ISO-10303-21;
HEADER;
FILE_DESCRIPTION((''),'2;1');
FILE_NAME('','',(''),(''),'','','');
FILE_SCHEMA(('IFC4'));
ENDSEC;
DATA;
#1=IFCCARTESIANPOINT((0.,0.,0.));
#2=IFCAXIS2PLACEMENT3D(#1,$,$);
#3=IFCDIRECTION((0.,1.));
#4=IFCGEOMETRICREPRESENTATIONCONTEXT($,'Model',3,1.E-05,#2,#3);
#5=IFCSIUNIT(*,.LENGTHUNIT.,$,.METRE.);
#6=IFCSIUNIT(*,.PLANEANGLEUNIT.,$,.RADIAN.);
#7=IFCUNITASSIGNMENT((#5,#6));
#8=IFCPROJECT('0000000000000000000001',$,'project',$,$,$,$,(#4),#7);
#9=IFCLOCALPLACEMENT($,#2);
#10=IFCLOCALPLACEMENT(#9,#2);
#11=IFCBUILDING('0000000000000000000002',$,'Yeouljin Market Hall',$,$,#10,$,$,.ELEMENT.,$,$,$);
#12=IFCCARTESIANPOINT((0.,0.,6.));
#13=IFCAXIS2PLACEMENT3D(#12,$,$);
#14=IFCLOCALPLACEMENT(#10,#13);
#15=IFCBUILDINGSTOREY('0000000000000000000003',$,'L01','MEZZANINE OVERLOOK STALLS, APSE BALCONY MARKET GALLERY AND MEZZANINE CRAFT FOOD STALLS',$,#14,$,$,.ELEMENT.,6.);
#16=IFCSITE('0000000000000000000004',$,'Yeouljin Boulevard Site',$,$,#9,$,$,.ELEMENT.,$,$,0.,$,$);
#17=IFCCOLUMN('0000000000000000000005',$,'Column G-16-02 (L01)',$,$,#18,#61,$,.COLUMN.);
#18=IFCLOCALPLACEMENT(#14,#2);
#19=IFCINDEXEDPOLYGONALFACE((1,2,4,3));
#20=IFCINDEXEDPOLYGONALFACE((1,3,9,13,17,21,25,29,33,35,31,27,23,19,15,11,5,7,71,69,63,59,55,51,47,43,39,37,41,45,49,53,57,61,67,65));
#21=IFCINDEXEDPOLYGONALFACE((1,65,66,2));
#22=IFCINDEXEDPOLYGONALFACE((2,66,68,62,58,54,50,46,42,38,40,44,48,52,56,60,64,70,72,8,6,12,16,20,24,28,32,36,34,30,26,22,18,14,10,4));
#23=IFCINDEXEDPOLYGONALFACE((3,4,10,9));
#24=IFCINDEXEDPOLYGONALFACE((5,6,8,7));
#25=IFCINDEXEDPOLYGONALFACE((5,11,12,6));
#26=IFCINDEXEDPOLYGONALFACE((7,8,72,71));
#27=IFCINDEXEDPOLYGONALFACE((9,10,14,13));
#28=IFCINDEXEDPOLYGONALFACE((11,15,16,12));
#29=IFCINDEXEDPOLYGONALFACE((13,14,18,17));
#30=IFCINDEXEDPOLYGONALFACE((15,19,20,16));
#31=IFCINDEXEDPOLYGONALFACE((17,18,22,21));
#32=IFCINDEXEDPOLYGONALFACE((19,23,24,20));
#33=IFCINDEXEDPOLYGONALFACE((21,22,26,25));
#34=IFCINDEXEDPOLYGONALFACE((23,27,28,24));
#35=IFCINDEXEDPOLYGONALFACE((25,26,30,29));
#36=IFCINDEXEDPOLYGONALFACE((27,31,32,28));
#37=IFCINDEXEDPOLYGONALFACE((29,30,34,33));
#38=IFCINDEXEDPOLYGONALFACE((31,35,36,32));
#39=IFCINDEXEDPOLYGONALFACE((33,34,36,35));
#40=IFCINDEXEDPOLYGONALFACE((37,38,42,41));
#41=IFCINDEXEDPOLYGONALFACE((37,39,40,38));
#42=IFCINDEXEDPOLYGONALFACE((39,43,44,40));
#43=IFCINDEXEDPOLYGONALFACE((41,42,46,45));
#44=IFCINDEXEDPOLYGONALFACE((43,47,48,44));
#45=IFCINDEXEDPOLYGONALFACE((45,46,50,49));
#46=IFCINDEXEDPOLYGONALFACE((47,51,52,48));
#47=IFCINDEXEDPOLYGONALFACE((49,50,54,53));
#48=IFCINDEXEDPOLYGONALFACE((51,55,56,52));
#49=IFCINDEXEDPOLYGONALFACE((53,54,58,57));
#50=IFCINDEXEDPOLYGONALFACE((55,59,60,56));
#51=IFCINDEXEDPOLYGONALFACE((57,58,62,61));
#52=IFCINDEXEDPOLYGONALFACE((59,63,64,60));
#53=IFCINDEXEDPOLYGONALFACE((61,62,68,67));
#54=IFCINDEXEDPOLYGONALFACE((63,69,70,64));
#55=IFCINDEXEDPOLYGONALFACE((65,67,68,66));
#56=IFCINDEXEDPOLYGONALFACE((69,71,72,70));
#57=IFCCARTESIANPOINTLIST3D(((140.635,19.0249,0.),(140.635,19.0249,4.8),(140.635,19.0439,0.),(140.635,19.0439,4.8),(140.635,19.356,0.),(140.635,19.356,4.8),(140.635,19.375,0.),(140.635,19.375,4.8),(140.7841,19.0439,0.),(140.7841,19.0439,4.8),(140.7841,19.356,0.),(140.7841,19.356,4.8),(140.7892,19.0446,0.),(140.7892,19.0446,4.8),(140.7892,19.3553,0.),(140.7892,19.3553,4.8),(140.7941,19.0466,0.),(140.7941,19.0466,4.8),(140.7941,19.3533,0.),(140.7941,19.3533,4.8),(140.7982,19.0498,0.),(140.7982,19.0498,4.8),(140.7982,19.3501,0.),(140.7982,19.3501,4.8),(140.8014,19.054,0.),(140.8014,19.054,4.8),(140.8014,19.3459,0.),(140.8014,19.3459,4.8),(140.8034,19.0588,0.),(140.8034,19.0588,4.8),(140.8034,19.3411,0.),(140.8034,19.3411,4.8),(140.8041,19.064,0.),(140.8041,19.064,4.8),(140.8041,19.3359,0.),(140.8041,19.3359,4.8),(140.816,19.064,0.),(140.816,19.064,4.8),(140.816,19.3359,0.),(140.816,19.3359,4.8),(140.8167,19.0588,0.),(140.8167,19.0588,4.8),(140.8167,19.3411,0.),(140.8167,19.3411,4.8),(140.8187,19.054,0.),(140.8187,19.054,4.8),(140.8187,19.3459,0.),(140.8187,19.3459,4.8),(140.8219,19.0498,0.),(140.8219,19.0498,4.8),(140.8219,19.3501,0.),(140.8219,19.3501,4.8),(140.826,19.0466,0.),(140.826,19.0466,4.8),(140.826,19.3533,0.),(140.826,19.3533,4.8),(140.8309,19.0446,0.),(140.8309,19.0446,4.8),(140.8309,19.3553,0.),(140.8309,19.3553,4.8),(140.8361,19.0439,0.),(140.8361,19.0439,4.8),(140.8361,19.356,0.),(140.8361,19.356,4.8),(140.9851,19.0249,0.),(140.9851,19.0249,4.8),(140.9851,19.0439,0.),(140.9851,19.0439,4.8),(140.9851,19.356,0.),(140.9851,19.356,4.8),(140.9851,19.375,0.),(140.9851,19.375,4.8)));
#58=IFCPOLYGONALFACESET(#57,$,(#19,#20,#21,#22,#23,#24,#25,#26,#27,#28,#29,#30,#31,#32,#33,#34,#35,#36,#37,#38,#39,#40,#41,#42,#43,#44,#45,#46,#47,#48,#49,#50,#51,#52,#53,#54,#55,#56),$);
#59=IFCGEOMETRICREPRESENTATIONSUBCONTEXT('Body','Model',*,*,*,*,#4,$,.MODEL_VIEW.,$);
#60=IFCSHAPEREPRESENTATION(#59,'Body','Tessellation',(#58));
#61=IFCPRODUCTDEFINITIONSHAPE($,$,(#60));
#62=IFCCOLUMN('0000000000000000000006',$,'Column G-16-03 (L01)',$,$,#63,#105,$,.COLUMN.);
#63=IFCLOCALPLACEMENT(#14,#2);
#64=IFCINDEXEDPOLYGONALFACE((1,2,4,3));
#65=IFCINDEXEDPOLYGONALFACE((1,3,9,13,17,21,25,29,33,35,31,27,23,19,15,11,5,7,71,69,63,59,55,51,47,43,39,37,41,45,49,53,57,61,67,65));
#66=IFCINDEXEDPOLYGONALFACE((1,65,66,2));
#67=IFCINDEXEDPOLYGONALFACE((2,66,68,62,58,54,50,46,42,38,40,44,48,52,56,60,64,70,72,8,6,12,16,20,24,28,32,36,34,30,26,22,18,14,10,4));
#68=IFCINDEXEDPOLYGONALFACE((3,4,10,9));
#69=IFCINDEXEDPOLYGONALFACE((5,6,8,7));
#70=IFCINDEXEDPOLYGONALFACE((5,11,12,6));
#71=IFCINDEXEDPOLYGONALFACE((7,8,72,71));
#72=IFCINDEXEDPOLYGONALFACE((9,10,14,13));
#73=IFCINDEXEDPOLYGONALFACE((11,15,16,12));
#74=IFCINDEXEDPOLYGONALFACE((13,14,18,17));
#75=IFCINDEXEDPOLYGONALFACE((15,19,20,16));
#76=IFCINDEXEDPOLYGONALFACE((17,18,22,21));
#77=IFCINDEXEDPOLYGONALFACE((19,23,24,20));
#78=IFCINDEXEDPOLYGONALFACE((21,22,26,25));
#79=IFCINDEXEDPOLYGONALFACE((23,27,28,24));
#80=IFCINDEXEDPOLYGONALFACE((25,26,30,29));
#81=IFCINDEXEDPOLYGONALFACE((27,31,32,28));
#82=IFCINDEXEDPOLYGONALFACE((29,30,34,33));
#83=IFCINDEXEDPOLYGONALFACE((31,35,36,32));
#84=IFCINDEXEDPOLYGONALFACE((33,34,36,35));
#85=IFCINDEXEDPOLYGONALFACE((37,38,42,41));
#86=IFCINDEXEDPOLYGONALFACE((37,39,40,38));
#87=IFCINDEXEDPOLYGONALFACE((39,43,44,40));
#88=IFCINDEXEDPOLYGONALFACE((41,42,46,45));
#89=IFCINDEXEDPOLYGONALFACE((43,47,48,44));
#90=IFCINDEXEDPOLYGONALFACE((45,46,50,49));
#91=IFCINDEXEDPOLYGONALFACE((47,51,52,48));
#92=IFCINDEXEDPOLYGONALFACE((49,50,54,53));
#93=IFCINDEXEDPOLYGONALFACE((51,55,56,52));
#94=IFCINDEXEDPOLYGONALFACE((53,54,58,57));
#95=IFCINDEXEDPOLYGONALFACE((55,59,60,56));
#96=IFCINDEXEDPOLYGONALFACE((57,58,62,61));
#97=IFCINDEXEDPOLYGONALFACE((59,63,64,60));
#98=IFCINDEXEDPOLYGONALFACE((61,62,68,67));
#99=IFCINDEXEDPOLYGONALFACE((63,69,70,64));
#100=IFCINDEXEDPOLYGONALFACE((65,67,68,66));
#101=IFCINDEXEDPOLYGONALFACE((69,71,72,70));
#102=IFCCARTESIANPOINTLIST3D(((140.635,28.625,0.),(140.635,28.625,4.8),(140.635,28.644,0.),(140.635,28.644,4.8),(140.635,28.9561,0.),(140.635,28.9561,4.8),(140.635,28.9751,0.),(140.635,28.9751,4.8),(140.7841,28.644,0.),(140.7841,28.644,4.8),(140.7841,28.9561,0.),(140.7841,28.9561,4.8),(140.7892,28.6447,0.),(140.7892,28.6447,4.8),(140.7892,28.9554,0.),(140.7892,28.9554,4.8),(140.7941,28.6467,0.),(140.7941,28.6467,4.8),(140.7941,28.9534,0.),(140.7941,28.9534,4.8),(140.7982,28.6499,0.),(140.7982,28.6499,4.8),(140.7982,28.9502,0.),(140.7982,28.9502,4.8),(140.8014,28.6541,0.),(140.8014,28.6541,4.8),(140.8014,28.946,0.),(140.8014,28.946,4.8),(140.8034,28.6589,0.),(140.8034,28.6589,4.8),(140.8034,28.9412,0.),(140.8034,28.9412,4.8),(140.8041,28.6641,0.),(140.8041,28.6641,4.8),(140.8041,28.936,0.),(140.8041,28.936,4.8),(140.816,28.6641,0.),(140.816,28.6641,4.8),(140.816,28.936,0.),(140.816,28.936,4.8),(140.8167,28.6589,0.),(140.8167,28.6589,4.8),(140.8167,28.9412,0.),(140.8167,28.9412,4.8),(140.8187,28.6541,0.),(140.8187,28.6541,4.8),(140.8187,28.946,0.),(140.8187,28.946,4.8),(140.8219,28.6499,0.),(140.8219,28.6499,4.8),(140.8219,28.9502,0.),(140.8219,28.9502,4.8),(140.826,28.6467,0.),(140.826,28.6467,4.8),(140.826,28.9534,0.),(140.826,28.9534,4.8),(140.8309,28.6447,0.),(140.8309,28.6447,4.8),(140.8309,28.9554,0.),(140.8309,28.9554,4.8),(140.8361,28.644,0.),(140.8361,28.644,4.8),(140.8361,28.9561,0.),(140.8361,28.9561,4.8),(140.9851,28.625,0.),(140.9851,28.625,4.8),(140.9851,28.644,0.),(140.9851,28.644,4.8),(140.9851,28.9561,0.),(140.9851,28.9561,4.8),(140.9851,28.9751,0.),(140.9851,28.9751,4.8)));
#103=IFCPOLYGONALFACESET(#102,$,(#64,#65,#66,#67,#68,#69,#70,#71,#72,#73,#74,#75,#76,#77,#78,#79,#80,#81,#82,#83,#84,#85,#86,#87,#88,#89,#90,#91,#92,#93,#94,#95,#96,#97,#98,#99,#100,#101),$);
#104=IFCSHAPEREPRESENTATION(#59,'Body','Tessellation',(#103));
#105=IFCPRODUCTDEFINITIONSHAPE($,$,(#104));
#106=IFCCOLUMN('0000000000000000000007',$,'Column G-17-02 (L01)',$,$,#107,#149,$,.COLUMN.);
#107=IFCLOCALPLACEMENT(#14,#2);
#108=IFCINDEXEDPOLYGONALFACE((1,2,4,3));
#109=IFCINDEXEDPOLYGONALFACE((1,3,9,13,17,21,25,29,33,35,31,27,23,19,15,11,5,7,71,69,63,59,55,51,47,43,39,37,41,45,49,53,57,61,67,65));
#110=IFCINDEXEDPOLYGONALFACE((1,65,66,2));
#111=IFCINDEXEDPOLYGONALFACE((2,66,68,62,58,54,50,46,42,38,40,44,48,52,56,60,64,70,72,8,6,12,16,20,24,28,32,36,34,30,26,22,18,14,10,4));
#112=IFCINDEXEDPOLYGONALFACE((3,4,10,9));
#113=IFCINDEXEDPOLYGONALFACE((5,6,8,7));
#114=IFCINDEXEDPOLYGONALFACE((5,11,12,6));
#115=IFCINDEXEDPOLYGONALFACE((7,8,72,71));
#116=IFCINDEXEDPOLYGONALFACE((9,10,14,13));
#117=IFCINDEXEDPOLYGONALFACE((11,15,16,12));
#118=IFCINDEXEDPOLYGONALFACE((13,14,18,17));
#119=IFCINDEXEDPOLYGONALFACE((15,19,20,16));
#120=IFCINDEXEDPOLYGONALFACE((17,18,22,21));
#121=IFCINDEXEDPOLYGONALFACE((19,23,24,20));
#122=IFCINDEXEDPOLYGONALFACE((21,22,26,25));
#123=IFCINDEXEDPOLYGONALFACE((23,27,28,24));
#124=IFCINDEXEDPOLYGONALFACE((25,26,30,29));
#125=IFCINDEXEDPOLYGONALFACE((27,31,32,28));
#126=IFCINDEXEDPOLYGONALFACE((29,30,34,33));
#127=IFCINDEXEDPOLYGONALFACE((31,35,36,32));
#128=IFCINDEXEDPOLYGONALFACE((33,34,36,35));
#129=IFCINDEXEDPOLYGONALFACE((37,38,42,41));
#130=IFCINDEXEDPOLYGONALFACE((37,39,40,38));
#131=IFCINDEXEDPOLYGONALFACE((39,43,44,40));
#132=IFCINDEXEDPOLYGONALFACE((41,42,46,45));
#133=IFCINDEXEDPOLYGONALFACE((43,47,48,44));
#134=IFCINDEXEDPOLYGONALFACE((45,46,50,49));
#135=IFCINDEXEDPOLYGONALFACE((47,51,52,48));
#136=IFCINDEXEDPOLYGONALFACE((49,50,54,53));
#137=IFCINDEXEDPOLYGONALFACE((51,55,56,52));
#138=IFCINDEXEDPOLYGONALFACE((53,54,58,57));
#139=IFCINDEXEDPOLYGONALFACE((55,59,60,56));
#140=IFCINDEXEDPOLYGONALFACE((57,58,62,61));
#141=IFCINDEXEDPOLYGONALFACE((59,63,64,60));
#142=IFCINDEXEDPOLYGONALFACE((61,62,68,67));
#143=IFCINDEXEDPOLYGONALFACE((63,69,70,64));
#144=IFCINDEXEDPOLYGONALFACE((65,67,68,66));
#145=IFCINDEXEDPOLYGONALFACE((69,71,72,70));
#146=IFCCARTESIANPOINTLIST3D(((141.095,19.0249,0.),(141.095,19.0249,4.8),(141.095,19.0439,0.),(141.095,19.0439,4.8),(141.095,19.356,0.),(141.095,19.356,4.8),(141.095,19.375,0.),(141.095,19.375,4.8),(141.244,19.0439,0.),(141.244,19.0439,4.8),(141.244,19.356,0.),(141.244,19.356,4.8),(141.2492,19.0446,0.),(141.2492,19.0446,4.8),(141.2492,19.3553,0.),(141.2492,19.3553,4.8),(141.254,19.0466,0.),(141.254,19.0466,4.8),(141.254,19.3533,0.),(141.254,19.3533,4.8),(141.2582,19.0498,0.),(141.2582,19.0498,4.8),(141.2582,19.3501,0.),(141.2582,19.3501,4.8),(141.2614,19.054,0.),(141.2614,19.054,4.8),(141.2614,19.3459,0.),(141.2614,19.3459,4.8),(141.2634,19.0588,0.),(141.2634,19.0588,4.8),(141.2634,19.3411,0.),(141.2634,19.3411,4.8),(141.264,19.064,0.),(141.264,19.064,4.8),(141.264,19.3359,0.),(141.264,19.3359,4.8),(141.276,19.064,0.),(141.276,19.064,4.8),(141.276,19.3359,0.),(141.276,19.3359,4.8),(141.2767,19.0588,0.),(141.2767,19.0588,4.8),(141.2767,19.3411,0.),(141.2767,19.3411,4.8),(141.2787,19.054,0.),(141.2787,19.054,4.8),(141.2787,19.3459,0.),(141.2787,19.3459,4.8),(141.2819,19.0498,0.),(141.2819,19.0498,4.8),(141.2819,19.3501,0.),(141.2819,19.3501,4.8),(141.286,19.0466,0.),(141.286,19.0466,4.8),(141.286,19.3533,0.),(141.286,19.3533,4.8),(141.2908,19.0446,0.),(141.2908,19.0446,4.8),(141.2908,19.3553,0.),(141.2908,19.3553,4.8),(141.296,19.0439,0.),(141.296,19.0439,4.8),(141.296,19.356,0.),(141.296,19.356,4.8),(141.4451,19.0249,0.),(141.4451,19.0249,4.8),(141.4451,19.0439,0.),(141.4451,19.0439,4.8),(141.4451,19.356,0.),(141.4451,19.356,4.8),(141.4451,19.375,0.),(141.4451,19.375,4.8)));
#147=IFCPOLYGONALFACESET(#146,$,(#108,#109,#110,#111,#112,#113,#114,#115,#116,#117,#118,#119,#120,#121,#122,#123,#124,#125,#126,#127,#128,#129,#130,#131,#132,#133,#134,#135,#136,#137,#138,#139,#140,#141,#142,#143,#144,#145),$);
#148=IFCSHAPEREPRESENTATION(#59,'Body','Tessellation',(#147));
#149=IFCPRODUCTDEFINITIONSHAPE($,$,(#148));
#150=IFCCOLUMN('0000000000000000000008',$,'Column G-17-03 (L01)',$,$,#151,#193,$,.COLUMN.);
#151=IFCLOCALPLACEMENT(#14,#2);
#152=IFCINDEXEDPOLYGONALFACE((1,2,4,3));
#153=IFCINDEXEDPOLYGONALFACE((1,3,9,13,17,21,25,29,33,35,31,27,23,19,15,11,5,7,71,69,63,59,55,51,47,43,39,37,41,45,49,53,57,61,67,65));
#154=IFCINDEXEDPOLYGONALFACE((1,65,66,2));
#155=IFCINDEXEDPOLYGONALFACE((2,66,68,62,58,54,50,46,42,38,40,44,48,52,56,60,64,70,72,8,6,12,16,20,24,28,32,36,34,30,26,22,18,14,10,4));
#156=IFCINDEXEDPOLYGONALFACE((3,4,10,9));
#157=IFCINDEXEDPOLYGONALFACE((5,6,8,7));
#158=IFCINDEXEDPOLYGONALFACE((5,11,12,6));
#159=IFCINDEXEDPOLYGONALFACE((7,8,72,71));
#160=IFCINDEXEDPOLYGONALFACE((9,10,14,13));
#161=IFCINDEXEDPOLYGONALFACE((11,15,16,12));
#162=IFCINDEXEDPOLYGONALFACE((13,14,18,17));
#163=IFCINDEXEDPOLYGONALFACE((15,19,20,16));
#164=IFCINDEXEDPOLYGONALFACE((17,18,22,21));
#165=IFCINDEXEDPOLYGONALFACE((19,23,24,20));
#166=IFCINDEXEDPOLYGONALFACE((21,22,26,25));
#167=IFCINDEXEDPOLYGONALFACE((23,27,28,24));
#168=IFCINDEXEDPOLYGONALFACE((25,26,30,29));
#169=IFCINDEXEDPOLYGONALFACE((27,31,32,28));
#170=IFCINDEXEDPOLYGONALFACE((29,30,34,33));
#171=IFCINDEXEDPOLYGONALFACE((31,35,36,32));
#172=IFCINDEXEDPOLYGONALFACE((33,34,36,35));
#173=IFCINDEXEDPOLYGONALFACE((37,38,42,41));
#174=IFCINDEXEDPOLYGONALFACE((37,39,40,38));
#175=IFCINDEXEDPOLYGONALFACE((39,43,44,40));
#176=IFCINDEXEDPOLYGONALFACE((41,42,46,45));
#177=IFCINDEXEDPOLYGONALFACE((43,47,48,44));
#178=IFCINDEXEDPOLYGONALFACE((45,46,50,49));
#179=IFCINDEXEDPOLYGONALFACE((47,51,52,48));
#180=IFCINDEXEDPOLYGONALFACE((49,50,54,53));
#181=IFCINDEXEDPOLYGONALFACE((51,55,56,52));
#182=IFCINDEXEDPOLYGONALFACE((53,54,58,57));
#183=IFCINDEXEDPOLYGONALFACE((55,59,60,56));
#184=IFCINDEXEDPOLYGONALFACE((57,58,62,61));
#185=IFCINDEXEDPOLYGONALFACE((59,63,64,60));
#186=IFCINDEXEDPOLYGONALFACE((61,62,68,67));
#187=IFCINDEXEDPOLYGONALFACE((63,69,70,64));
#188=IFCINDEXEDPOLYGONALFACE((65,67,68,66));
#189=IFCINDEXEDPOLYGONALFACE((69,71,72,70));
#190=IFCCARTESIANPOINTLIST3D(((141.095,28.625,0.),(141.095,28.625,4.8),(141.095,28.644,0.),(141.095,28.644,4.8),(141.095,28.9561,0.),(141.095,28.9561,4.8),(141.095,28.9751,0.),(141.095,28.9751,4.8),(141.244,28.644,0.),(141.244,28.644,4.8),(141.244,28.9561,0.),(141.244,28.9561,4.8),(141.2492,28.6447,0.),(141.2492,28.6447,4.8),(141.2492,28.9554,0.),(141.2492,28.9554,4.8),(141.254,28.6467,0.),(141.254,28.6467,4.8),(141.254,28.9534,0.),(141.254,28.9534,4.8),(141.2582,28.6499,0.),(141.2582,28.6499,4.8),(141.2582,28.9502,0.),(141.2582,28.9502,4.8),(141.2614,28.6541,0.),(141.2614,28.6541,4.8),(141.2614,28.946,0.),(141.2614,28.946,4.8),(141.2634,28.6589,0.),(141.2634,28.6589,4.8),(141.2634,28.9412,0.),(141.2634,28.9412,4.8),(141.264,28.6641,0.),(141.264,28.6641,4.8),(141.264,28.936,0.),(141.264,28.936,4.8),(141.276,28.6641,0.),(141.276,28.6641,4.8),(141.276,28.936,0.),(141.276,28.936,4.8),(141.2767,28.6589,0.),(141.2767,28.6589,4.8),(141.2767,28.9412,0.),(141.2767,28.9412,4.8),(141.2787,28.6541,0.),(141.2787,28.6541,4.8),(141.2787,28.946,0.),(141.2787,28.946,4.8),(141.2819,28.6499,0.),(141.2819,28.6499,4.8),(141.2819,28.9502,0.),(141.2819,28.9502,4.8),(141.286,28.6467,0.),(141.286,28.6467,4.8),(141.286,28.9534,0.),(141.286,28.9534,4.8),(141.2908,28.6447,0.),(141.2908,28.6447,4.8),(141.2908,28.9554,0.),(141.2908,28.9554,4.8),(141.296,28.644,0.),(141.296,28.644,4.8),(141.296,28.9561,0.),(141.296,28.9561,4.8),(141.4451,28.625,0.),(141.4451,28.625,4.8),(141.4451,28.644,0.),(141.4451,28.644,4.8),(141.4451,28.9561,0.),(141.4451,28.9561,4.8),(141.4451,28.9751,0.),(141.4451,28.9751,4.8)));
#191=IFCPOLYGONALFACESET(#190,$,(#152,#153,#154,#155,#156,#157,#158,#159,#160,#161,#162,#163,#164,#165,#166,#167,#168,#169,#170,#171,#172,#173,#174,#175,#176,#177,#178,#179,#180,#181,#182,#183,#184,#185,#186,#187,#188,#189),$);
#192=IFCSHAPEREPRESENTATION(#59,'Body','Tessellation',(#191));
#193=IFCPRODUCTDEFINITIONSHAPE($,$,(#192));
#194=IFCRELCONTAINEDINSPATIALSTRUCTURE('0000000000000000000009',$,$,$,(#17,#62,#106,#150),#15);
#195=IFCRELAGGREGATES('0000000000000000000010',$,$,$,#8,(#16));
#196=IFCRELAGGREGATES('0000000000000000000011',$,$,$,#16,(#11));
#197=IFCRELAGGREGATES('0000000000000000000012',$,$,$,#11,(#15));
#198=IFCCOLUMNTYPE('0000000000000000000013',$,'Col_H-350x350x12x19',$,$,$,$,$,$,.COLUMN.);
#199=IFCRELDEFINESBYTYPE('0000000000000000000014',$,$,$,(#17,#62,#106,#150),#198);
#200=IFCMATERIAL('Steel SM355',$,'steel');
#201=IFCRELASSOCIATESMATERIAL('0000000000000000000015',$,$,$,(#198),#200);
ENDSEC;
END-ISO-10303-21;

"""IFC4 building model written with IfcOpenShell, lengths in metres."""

from ifc_helpers import new_model, si_unit, direction, frame, origin, origin_2d, place, context, subcontext, project, spatial, i_section, extrude, material, material_profile, profile_set, type_object, element, save


model = new_model("IFC4")

# Units and contexts
model_context = context("Model", 3, precision=1e-05, world=origin(), true_north=direction((0.0, 1.0)))
body_context = subcontext(model_context, "Body", "Model", "MODEL_VIEW")
ifc_project = project(units=[si_unit("LENGTHUNIT", "METRE"), si_unit("PLANEANGLEUNIT", "RADIAN")], contexts=[model_context])

# Site, building, storey
site_placement = place(None, origin())
site = spatial("IfcSite", under=ifc_project, at=site_placement, Name="Yeouljin Boulevard Site", CompositionType="ELEMENT", RefElevation=0.0)
building_placement = place(site_placement, origin())
building = spatial("IfcBuilding", under=site, at=building_placement, Name="Yeouljin Market Hall", CompositionType="ELEMENT")
storey_placement = place(building_placement, frame((0.0, 0.0, 6.0)))
storey = spatial("IfcBuildingStorey", under=building, at=storey_placement, Name="L01", Description="MEZZANINE OVERLOOK STALLS, APSE BALCONY MARKET GALLERY AND MEZZANINE CRAFT FOOD STALLS", CompositionType="ELEMENT", Elevation=6.0)

# Columns
ifc_material_1 = material(Name="Steel SM355", Category="steel")
ifc_material_profile_1 = material_profile(ifc_material_1, i_section(OverallWidth=0.3501, OverallDepth=0.3501, WebThickness=0.012, FlangeThickness=0.019, FilletRadius=0.02, at=origin_2d()), Name="H-350x350x12x19")
ifc_profile_set_1 = profile_set([ifc_material_profile_1], Name="Steel SM355")
column_type = type_object("IfcColumnType", Name="Col_H-350x350x12x19", PredefinedType="COLUMN", material=ifc_profile_set_1)
for number, where, z_axis, x_axis, name in (
    (1, (140.8101, 19.2, 0.0), (0.0, 0.0, 1.0), (1.0, 0.0, 0.0), "Column G-16-02 (L01)"),
    (2, (140.8101, 28.8, 0.0), (0.0, 0.0, 1.0), (1.0, 0.0, 0.0), "Column G-16-03 (L01)"),
    (3, (141.27, 19.2, 0.0), (0.0, 0.0, 1.0), (1.0, 0.0, 0.0), "Column G-17-02 (L01)"),
    (4, (141.27, 28.8, 0.0), (0.0, 0.0, 1.0), (1.0, 0.0, 0.0), "Column G-17-03 (L01)"),
):
    element("IfcColumn", number, at=place(storey_placement, frame(where, z_axis=z_axis, x_axis=x_axis)), inside=storey, type_object=column_type, Name=name, PredefinedType="COLUMN", context=body_context, shape_type="SweptSolid", body=[
        extrude(i_section(OverallWidth=0.3501, OverallDepth=0.3501, WebThickness=0.012, FlangeThickness=0.019, FilletRadius=0.02, at=origin_2d()), origin(), (0.0, 0.0, 1.0), 4.8),
    ])

save(model, "model.ifc")
